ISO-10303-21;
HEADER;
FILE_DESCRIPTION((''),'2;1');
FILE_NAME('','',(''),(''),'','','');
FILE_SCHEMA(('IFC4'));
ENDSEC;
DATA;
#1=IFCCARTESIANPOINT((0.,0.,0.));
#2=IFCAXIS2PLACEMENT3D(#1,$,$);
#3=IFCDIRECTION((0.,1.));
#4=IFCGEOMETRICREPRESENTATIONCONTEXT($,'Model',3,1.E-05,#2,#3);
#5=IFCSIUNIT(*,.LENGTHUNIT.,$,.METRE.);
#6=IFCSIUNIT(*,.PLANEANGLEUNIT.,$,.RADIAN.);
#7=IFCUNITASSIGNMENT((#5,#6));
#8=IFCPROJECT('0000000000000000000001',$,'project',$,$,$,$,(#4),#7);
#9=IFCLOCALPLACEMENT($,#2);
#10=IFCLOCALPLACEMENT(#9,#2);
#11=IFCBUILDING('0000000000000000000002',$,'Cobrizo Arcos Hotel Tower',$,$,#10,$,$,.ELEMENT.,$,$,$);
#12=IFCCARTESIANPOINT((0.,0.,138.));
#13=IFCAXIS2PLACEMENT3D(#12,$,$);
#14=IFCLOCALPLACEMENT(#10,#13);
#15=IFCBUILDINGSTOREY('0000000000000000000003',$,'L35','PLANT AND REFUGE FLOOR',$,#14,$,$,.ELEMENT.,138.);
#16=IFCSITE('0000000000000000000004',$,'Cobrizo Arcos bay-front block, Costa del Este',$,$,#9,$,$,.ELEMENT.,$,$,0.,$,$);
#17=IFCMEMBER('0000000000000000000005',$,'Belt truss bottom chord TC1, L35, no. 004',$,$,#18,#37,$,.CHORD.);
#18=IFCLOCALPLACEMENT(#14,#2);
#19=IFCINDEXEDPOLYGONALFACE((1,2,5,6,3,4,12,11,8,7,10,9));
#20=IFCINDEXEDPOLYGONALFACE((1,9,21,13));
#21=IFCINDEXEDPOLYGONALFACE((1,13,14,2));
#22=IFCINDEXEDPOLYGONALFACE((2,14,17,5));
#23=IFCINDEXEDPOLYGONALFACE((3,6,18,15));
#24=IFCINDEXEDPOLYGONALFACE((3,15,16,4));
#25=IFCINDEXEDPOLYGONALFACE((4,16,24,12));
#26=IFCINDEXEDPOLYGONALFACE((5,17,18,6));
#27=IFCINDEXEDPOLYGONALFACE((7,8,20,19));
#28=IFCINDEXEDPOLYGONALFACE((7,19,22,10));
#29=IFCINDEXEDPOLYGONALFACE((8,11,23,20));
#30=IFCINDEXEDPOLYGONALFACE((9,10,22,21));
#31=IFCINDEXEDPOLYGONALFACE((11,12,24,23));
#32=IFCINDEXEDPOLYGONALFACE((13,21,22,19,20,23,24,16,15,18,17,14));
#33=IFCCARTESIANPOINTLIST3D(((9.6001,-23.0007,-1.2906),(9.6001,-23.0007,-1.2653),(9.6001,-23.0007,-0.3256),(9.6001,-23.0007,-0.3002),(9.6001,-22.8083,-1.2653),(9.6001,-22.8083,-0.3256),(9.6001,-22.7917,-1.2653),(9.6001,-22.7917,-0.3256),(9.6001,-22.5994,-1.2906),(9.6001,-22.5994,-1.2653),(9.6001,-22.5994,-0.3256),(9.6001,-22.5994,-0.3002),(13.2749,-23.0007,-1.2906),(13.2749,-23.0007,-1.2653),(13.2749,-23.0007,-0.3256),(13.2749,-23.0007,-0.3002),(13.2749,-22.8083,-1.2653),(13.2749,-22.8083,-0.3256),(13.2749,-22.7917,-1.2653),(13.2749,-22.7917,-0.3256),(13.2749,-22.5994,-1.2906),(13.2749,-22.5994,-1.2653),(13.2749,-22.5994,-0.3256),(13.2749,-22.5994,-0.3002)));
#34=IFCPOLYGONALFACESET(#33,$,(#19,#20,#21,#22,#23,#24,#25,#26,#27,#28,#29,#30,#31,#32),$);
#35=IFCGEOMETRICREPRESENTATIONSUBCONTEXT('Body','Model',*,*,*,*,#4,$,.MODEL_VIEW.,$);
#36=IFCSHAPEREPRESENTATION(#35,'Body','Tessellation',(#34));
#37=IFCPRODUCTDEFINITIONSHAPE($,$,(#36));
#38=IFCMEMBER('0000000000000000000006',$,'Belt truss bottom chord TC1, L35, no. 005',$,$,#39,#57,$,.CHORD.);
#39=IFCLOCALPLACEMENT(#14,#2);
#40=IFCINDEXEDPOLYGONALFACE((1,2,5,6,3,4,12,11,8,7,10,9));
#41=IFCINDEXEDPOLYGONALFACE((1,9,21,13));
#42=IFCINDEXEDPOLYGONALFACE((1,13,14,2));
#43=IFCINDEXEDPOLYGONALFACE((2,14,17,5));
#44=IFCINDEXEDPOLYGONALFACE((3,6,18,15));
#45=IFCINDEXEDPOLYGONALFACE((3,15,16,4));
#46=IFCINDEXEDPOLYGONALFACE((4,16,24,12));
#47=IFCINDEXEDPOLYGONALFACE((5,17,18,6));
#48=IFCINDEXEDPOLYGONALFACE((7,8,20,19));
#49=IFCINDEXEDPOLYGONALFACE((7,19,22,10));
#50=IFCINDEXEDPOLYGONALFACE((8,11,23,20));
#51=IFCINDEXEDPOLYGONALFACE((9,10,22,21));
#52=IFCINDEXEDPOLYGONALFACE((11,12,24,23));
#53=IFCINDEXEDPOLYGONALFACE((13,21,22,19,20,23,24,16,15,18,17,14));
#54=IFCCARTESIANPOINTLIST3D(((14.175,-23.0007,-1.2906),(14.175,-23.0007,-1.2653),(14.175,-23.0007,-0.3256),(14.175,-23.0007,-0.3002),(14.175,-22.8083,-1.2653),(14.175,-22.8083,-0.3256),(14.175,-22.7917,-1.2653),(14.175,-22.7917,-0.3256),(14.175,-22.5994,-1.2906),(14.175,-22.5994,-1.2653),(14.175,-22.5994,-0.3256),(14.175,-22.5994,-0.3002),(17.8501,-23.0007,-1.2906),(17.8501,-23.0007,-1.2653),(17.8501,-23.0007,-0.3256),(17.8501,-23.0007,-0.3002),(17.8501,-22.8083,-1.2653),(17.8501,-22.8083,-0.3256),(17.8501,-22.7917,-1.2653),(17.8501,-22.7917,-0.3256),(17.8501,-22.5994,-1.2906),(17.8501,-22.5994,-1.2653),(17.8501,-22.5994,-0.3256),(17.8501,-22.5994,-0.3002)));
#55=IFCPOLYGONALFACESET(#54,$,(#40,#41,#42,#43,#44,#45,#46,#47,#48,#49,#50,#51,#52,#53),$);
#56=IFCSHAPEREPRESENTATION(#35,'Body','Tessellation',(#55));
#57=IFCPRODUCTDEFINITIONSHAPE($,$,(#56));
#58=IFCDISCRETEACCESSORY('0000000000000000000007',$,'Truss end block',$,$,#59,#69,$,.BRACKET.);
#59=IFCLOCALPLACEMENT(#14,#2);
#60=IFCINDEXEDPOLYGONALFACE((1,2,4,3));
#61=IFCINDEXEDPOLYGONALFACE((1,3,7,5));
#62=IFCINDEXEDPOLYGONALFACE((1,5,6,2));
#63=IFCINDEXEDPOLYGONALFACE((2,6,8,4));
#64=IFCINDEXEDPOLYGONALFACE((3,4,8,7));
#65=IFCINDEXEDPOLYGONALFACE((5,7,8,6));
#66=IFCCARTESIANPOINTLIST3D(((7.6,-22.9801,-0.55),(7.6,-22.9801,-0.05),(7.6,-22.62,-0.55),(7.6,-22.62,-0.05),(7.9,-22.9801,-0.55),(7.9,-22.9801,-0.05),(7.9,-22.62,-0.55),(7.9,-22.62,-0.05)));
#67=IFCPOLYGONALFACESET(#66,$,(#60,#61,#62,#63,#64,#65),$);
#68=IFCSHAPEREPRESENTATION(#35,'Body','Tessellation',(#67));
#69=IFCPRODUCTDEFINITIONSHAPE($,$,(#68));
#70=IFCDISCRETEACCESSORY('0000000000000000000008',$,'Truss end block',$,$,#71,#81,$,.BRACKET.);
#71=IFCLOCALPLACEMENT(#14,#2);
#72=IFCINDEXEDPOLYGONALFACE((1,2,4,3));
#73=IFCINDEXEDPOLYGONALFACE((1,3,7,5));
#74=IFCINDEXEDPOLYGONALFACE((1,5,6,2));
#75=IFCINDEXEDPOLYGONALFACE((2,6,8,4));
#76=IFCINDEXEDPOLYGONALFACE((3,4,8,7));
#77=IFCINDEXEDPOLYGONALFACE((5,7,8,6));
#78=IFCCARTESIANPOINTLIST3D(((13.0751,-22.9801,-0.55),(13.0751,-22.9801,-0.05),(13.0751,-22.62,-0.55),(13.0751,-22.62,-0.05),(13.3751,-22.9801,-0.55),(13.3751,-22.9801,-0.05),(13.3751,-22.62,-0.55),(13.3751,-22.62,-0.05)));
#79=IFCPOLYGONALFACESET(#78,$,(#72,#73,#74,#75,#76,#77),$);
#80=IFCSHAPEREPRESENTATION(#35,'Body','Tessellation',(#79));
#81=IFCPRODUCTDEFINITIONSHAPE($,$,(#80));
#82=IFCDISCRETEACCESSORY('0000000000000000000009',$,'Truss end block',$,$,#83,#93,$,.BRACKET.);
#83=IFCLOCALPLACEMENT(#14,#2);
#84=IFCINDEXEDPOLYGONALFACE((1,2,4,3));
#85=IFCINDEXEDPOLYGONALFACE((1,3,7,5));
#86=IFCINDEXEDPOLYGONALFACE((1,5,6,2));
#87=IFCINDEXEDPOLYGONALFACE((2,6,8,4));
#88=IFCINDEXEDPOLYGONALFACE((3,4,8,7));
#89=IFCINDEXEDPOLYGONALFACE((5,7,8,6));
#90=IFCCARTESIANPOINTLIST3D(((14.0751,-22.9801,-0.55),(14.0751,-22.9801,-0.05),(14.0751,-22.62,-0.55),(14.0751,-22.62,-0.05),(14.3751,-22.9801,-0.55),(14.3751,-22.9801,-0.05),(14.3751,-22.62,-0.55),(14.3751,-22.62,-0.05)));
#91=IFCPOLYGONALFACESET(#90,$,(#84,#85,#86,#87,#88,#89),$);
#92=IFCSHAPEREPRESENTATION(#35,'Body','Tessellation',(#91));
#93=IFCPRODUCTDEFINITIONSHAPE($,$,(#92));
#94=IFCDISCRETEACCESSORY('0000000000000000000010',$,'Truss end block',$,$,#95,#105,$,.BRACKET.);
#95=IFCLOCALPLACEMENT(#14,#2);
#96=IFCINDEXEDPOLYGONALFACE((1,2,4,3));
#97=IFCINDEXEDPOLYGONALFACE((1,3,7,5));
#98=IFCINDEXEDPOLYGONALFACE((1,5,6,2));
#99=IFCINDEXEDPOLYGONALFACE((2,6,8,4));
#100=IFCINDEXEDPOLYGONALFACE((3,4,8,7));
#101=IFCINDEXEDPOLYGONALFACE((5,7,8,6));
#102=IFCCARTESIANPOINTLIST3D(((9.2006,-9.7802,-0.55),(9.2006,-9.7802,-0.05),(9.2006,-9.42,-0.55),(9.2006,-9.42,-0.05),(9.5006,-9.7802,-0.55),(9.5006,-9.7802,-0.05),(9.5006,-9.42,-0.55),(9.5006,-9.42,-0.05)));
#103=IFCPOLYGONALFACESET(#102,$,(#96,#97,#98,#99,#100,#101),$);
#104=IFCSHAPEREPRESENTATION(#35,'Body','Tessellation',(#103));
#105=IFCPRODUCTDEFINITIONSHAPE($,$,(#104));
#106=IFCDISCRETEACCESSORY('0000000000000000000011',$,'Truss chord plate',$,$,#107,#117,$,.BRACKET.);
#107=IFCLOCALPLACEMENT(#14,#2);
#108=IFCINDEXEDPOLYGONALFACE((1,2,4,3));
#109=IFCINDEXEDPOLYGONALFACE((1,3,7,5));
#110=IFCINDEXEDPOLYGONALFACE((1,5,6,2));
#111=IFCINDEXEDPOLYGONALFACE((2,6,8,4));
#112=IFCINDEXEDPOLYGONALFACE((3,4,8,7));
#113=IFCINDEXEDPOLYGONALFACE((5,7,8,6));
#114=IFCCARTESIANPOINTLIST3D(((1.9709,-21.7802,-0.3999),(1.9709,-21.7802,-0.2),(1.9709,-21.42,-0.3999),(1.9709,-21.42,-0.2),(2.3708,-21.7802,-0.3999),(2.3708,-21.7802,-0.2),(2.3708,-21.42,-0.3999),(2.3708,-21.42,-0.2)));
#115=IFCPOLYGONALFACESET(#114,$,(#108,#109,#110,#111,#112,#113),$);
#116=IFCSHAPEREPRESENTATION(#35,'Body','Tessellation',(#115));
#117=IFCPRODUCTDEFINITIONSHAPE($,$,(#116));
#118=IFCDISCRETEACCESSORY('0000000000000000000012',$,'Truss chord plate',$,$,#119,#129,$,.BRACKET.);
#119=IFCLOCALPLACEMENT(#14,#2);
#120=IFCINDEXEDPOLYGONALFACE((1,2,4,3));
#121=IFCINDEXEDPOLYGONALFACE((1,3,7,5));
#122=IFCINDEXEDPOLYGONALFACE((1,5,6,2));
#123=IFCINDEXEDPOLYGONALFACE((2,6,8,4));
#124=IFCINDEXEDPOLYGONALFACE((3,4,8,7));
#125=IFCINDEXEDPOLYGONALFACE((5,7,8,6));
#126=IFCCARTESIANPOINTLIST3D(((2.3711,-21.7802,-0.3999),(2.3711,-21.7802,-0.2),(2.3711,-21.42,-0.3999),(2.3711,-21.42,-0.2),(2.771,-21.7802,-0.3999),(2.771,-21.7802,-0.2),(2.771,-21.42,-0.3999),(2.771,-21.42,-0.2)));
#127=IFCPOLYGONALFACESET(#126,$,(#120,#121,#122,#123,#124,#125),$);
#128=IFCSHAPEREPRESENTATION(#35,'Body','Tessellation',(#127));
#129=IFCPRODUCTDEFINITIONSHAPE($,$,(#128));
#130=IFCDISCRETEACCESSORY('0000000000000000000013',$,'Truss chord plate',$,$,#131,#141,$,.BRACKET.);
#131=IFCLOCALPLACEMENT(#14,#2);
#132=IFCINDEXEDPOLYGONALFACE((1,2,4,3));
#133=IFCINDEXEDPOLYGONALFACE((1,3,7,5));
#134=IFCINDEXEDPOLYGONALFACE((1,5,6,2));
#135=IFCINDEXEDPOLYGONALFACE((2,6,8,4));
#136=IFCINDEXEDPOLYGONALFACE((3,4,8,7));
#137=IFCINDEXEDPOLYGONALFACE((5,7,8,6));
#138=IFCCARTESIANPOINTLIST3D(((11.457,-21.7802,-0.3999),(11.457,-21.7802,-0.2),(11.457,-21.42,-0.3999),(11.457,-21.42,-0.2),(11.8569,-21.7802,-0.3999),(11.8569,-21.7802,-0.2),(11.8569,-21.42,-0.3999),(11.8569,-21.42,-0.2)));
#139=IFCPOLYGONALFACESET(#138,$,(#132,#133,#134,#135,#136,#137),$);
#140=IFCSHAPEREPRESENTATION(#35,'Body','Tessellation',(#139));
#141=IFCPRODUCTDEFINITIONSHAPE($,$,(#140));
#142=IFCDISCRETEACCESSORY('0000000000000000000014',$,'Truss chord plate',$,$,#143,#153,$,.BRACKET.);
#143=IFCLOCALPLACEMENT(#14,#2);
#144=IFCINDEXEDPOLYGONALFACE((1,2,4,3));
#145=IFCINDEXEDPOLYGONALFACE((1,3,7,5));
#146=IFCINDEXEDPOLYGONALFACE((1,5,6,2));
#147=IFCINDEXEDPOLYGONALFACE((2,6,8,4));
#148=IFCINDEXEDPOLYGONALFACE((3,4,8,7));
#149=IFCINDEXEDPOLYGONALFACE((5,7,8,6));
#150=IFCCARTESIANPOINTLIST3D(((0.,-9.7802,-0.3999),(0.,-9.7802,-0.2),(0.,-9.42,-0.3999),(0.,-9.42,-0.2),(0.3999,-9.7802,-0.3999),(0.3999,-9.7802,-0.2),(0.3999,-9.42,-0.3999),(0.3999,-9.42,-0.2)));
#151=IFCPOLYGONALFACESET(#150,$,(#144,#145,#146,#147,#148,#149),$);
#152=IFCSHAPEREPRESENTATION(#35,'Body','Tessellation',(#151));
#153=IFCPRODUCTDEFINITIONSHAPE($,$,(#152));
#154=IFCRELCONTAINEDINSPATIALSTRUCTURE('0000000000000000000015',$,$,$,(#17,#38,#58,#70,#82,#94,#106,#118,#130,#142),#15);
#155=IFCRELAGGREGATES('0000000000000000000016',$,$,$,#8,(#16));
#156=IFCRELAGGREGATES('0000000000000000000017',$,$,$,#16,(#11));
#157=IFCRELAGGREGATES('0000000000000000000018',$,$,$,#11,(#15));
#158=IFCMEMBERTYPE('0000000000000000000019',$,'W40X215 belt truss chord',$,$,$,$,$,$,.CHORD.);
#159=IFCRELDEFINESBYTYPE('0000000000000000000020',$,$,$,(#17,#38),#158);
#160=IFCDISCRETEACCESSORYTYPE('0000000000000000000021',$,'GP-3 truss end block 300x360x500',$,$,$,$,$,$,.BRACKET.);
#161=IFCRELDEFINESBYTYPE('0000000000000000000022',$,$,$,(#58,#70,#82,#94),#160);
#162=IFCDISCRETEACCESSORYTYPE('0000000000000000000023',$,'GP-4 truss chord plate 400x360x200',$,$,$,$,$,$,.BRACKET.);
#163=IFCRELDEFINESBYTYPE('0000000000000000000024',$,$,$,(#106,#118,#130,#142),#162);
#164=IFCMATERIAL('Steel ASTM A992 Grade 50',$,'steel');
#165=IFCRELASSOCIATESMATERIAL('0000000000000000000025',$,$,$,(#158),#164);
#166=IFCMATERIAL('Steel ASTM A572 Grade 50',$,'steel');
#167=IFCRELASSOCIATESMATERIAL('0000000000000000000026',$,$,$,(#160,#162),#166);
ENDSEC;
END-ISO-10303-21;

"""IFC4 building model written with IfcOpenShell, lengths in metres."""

from ifc_helpers import new_model, si_unit, direction, frame, origin, origin_2d, place, context, subcontext, project, spatial, rectangle, i_section, extrude, material, material_profile, profile_set, type_object, element, save


model = new_model("IFC4")

# Units and contexts
model_context = context("Model", 3, precision=1e-05, world=origin(), true_north=direction((0.0, 1.0)))
body_context = subcontext(model_context, "Body", "Model", "MODEL_VIEW")
ifc_project = project(units=[si_unit("LENGTHUNIT", "METRE"), si_unit("PLANEANGLEUNIT", "RADIAN")], contexts=[model_context])

# Site, building, storey
site_placement = place(None, origin())
site = spatial("IfcSite", under=ifc_project, at=site_placement, Name="Cobrizo Arcos bay-front block, Costa del Este", CompositionType="ELEMENT", RefElevation=0.0)
building_placement = place(site_placement, origin())
building = spatial("IfcBuilding", under=site, at=building_placement, Name="Cobrizo Arcos Hotel Tower", CompositionType="ELEMENT")
storey_placement = place(building_placement, frame((0.0, 0.0, 138.0)))
storey = spatial("IfcBuildingStorey", under=building, at=storey_placement, Name="L35", Description="PLANT AND REFUGE FLOOR", CompositionType="ELEMENT", Elevation=138.0)

# Shared definitions
ifc_material_1 = material(Name="Steel ASTM A572 Grade 50", Category="steel")

# Shared definitions
ifc_material_2 = material(Name="Steel ASTM A992 Grade 50", Category="steel")

# Members
ifc_material_profile_1 = material_profile(ifc_material_2, i_section(OverallWidth=0.4014, OverallDepth=0.9905, WebThickness=0.0166, FlangeThickness=0.0254, at=origin_2d()), Name="W40X215")
ifc_profile_set_1 = profile_set([ifc_material_profile_1], Name="Steel ASTM A992 Grade 50")
member_type_1 = type_object("IfcMemberType", Name="W40X215 belt truss chord", PredefinedType="CHORD", material=ifc_profile_set_1)
member_1_placement = place(storey_placement, frame((9.6001, -22.8, -0.7954), z_axis=(1.0, 0.0, 0.0), x_axis=(0.0, 1.0, 0.0)))
element("IfcMember", 1, at=member_1_placement, inside=storey, type_object=member_type_1, Name="Belt truss bottom chord TC1, L35, no. 004", PredefinedType="CHORD", context=body_context, shape_type="SweptSolid", body=[
    extrude(i_section(OverallWidth=0.4014, OverallDepth=0.9905, WebThickness=0.0166, FlangeThickness=0.0254, at=origin_2d()), origin(), (0.0, 0.0, 1.0), 3.6748),
])
member_2_placement = place(storey_placement, frame((14.175, -22.8, -0.7954), z_axis=(1.0, 0.0, 0.0), x_axis=(0.0, 1.0, 0.0)))
element("IfcMember", 2, at=member_2_placement, inside=storey, type_object=member_type_1, Name="Belt truss bottom chord TC1, L35, no. 005", PredefinedType="CHORD", context=body_context, shape_type="SweptSolid", body=[
    extrude(i_section(OverallWidth=0.4014, OverallDepth=0.9905, WebThickness=0.0166, FlangeThickness=0.0254, at=origin_2d()), origin(), (0.0, 0.0, 1.0), 3.675),
])

# Discrete accessories
discrete_accessory_type_1 = type_object("IfcDiscreteAccessoryType", Name="GP-3 truss end block 300x360x500", PredefinedType="BRACKET", material=ifc_material_1)
for number, where, z_axis, x_axis, name in (
    (3, (7.75, -22.8, -0.55), (0.0, 0.0, 1.0), (-1.0, 0.0, 0.0), "Truss end block"),
    (4, (13.2251, -22.8, -0.55), (0.0, 0.0, 1.0), (-1.0, 0.0, 0.0), "Truss end block"),
    (5, (14.2251, -22.8, -0.55), (0.0, 0.0, 1.0), (1.0, 0.0, 0.0), "Truss end block"),
    (6, (9.3506, -9.6001, -0.55), (0.0, 0.0, 1.0), (-1.0, 0.0, 0.0), "Truss end block"),
):
    element("IfcDiscreteAccessory", number, at=place(storey_placement, frame(where, z_axis=z_axis, x_axis=x_axis)), inside=storey, type_object=discrete_accessory_type_1, Name=name, PredefinedType="BRACKET", context=body_context, shape_type="SweptSolid", body=[
        extrude(rectangle(XDim=0.3, YDim=0.3601, at=origin_2d()), origin(), (0.0, 0.0, 1.0), 0.5),
    ])
discrete_accessory_type_2 = type_object("IfcDiscreteAccessoryType", Name="GP-4 truss chord plate 400x360x200", PredefinedType="BRACKET", material=ifc_material_1)
for number, where, z_axis, x_axis, name in (
    (7, (2.1709, -21.6001, -0.3999), (0.0, 0.0, 1.0), (1.0, 0.0, 0.0), "Truss chord plate"),
    (8, (2.571, -21.6001, -0.3999), (0.0, 0.0, 1.0), (1.0, 0.0, 0.0), "Truss chord plate"),
    (9, (11.657, -21.6001, -0.3999), (0.0, 0.0, 1.0), (1.0, 0.0, 0.0), "Truss chord plate"),
    (10, (0.2, -9.6001, -0.3999), (0.0, 0.0, 1.0), (1.0, 0.0, 0.0), "Truss chord plate"),
):
    element("IfcDiscreteAccessory", number, at=place(storey_placement, frame(where, z_axis=z_axis, x_axis=x_axis)), inside=storey, type_object=discrete_accessory_type_2, Name=name, PredefinedType="BRACKET", context=body_context, shape_type="SweptSolid", body=[
        extrude(rectangle(XDim=0.3999, YDim=0.3601, at=origin_2d()), origin(), (0.0, 0.0, 1.0), 0.2),
    ])

save(model, "model.ifc")
